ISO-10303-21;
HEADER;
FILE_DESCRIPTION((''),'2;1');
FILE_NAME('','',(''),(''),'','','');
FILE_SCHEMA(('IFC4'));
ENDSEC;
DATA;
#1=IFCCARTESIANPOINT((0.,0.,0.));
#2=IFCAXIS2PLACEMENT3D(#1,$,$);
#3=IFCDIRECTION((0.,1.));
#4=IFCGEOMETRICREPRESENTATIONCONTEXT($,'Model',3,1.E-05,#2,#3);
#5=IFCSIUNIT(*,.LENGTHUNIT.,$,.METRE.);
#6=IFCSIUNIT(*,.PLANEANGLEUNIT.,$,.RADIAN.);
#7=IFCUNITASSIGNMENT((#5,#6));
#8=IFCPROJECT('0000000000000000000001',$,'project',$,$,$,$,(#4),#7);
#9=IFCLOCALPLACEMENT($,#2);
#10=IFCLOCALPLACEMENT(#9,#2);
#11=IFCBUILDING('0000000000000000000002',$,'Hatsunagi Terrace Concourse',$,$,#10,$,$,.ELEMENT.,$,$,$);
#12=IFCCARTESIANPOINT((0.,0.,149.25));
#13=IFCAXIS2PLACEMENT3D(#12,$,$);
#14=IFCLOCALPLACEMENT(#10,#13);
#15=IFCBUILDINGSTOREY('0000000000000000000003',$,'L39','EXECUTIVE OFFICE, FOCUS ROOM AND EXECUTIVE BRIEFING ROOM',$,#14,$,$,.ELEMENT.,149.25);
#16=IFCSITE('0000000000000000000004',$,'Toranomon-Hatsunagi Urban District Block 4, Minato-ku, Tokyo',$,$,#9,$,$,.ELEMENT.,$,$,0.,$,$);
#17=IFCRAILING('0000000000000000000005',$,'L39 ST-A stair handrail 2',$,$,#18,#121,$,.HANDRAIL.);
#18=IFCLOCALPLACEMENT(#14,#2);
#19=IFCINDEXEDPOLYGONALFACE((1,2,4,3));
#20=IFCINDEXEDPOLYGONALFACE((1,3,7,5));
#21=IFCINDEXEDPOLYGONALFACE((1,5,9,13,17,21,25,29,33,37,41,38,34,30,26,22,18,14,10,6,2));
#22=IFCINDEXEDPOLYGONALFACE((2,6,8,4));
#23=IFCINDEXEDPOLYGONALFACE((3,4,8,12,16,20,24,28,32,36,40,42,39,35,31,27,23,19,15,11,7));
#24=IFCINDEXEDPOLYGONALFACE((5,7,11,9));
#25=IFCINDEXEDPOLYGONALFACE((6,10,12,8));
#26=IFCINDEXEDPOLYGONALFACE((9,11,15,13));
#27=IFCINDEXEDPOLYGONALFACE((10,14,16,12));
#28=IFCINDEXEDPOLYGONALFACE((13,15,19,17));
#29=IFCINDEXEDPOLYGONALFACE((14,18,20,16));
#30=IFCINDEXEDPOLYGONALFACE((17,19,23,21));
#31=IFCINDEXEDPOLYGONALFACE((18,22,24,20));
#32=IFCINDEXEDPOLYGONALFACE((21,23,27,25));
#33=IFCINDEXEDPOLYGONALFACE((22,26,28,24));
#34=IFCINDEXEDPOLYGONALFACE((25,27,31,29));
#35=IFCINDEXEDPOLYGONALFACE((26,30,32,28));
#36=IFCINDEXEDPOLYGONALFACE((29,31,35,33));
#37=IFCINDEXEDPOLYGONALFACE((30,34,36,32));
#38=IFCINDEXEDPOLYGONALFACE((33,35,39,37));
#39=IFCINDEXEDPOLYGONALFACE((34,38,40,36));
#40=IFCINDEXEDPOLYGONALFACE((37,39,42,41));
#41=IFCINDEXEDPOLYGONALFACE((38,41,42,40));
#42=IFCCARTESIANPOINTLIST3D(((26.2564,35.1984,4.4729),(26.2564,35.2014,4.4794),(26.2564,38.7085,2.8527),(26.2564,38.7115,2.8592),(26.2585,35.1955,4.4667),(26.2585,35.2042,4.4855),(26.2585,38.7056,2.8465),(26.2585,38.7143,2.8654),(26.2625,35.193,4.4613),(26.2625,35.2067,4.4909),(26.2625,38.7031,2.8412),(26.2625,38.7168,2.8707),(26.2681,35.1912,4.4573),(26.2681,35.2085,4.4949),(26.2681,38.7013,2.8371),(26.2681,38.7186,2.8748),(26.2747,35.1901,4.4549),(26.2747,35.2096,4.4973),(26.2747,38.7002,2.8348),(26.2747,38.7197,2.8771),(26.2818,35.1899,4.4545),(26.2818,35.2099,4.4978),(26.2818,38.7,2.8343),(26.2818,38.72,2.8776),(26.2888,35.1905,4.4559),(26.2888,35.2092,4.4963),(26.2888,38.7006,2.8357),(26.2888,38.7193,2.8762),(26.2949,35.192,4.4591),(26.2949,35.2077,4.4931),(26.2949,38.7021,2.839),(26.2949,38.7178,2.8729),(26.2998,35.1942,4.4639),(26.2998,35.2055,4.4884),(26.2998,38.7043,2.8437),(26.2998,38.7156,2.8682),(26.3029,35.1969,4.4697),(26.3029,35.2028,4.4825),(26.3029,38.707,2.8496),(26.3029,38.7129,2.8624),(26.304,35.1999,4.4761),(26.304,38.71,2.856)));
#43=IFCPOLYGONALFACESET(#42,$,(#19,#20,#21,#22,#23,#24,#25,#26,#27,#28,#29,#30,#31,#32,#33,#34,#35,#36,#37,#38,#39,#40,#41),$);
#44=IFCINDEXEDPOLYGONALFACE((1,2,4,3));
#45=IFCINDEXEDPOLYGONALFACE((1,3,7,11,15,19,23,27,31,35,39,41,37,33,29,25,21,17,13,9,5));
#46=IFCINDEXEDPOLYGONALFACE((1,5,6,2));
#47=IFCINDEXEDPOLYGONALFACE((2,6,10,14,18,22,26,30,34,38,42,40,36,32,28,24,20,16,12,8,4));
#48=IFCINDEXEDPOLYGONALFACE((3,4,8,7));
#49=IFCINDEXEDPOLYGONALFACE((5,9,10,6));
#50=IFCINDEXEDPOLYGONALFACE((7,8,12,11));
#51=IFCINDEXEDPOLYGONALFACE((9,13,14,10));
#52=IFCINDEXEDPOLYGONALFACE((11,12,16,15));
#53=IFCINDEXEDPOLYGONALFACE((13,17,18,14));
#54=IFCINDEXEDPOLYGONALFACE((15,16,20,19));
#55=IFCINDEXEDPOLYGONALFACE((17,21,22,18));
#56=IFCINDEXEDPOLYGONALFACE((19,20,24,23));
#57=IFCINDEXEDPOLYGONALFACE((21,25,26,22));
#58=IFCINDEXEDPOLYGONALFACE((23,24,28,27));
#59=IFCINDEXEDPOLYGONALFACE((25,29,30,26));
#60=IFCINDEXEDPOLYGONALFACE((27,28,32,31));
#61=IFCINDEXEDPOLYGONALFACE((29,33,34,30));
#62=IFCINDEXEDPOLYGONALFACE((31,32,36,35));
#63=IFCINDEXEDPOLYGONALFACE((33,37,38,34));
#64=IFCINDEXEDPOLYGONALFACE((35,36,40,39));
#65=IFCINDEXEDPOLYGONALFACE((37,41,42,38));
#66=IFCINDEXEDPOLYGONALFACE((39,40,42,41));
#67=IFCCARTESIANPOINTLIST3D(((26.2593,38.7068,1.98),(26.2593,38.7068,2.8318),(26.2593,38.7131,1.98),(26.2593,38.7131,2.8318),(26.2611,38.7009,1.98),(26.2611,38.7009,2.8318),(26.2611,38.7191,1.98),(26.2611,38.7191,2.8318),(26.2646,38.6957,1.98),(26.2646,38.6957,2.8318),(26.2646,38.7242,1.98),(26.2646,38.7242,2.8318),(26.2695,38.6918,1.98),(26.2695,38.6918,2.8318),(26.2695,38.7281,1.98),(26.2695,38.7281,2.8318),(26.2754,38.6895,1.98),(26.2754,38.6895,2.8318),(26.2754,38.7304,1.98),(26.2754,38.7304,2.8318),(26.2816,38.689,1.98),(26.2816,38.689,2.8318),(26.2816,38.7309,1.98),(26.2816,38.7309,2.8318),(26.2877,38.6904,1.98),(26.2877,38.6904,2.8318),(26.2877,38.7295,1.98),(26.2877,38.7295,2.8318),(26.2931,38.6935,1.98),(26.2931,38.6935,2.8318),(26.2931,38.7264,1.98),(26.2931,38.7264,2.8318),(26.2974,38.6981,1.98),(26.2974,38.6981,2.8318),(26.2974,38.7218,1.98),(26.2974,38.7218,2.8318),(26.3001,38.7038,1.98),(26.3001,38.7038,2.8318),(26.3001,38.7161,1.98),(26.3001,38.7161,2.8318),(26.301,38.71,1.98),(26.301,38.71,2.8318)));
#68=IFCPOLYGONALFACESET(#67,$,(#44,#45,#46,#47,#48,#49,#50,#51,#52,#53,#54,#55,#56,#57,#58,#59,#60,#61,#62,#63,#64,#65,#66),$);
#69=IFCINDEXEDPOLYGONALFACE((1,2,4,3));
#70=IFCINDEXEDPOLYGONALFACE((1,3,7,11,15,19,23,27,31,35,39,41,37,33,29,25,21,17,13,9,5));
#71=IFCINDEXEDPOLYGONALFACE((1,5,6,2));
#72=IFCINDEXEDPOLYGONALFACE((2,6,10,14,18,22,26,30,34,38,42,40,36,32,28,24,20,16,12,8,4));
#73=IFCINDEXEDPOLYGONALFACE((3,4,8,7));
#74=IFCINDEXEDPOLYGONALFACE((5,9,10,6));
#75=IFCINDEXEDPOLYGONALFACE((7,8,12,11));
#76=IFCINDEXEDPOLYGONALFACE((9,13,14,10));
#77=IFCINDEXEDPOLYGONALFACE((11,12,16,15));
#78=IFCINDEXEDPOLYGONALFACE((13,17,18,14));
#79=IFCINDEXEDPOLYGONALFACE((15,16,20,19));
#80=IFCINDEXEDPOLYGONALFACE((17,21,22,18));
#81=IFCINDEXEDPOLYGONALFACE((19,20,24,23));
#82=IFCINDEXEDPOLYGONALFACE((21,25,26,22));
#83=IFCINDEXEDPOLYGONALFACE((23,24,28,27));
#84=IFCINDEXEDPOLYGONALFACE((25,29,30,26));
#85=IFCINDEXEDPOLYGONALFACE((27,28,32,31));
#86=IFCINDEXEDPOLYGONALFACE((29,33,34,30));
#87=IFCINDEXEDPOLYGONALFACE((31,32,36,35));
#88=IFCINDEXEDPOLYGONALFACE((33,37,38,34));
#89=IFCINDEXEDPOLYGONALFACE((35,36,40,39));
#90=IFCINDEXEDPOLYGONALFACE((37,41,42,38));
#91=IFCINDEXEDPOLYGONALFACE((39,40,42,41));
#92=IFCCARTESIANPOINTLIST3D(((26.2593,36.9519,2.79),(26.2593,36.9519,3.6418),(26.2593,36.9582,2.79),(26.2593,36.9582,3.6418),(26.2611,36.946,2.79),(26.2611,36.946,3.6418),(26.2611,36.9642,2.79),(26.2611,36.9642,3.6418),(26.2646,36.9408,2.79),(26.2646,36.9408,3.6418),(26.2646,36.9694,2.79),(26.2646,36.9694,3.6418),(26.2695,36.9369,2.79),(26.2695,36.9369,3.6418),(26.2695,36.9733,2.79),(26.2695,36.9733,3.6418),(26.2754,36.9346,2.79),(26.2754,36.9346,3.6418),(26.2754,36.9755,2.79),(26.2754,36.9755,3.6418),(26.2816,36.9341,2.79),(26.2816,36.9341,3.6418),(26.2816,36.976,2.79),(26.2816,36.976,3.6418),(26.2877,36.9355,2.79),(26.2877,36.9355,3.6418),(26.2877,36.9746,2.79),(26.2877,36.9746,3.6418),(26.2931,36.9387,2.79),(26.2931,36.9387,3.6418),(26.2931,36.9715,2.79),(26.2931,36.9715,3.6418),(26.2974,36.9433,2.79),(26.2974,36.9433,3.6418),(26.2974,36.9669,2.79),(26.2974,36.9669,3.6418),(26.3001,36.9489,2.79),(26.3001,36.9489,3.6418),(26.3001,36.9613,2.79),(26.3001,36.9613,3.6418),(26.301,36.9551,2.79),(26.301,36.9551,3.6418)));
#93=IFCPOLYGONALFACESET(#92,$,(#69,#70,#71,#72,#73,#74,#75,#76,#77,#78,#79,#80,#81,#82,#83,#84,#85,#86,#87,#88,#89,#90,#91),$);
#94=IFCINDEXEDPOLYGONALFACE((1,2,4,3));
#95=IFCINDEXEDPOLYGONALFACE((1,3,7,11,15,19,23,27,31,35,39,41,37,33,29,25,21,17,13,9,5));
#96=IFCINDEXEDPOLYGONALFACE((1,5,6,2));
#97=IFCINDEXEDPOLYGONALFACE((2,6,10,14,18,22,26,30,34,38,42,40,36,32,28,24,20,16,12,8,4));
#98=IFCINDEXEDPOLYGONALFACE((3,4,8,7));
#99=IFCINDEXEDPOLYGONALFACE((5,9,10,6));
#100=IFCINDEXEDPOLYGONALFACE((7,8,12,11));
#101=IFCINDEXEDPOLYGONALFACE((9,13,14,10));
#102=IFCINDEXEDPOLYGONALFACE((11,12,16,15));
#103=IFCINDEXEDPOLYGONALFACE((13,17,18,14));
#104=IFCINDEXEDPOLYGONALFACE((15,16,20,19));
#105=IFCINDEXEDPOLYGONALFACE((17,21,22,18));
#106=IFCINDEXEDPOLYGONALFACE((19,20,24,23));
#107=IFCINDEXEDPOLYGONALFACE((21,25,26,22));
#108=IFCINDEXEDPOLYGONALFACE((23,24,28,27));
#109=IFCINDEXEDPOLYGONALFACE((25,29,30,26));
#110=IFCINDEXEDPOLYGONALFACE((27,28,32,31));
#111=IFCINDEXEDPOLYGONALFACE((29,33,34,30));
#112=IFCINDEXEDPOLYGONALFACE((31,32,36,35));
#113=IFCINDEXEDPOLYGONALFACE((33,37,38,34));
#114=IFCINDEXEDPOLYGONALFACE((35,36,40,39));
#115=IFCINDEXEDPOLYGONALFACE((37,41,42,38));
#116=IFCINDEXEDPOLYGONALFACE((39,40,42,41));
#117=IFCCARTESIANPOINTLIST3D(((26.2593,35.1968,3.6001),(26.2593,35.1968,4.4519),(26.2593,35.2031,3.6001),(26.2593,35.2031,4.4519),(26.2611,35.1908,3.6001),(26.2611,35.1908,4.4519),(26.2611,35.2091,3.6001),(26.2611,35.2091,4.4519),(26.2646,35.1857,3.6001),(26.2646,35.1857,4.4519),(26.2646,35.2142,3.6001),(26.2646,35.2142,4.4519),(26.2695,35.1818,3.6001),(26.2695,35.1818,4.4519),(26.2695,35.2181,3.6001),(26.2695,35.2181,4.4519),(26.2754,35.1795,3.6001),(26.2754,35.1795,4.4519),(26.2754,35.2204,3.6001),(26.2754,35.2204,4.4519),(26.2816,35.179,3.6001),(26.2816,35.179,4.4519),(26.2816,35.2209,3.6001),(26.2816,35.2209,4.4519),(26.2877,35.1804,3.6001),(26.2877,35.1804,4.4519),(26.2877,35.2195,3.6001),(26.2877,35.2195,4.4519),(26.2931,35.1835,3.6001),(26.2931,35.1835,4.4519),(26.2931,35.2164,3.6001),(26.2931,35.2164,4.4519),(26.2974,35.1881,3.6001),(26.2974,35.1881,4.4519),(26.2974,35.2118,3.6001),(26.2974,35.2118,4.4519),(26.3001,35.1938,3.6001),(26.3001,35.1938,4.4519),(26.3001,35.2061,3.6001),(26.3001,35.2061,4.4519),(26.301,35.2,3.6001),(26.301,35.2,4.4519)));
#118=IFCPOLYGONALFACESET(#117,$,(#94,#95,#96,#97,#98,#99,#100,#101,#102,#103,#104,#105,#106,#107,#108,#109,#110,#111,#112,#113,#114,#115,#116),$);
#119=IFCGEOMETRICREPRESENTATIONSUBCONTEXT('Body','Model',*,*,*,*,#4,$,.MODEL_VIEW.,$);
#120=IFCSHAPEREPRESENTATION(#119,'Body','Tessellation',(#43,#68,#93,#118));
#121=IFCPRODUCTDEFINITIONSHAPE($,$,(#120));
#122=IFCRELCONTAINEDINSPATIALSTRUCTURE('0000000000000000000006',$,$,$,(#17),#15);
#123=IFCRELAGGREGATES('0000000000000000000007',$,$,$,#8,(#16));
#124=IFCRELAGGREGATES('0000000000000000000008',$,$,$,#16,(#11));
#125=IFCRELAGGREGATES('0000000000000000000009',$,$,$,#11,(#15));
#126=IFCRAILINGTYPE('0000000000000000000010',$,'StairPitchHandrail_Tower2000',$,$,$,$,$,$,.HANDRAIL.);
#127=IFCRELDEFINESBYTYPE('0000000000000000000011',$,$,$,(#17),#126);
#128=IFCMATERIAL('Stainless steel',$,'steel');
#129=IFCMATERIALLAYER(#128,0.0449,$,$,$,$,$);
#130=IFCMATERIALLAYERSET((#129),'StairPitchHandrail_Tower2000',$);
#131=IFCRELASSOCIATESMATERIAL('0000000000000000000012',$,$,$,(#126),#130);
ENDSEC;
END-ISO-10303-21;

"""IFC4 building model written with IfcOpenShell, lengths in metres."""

from ifc_helpers import new_model, si_unit, direction, frame, origin, origin_2d, place, context, subcontext, project, spatial, circle, extrude, material, layer, layer_set, type_object, element, save


model = new_model("IFC4")

# Units and contexts
model_context = context("Model", 3, precision=1e-05, world=origin(), true_north=direction((0.0, 1.0)))
body_context = subcontext(model_context, "Body", "Model", "MODEL_VIEW")
ifc_project = project(units=[si_unit("LENGTHUNIT", "METRE"), si_unit("PLANEANGLEUNIT", "RADIAN")], contexts=[model_context])

# Site, building, storey
site_placement = place(None, origin())
site = spatial("IfcSite", under=ifc_project, at=site_placement, Name="Toranomon-Hatsunagi Urban District Block 4, Minato-ku, Tokyo", CompositionType="ELEMENT", RefElevation=0.0)
building_placement = place(site_placement, origin())
building = spatial("IfcBuilding", under=site, at=building_placement, Name="Hatsunagi Terrace Concourse", CompositionType="ELEMENT")
storey_placement = place(building_placement, frame((0.0, 0.0, 149.25)))
storey = spatial("IfcBuildingStorey", under=building, at=storey_placement, Name="L39", Description="EXECUTIVE OFFICE, FOCUS ROOM AND EXECUTIVE BRIEFING ROOM", CompositionType="ELEMENT", Elevation=149.25)

# Railing
ifc_material_1 = material(Name="Stainless steel", Category="steel")
ifc_layer_1 = layer(ifc_material_1, 0.0449)
ifc_layer_set_1 = layer_set([ifc_layer_1], Name="StairPitchHandrail_Tower2000")
railing_type_1 = type_object("IfcRailingType", Name="StairPitchHandrail_Tower2000", PredefinedType="HANDRAIL", material=ifc_layer_set_1)
railing_1_placement = place(storey_placement, frame((26.28, 38.71, 1.98)))
element("IfcRailing", 1, at=railing_1_placement, inside=storey, type_object=railing_type_1, Name="L39 ST-A stair handrail 2", PredefinedType="HANDRAIL", context=body_context, shape_type="SweptSolid", body=[
    extrude(circle(Radius=0.0239, at=origin_2d()), frame((0.0, 0.0, 0.876), z_axis=(0.0, -0.907948, 0.419082), x_axis=(1.0, 0.0, 0.0)), (0.0, 0.0, 1.0), 3.866),
    extrude(circle(Radius=0.021, at=origin_2d()), origin(), (0.0, 0.0, 1.0), 0.8518),
    extrude(circle(Radius=0.021, at=origin_2d()), frame((0.0, -1.7549, 0.8101)), (0.0, 0.0, 1.0), 0.8518),
    extrude(circle(Radius=0.021, at=origin_2d()), frame((0.0, -3.51, 1.6201)), (0.0, 0.0, 1.0), 0.8518),
])

save(model, "model.ifc")
